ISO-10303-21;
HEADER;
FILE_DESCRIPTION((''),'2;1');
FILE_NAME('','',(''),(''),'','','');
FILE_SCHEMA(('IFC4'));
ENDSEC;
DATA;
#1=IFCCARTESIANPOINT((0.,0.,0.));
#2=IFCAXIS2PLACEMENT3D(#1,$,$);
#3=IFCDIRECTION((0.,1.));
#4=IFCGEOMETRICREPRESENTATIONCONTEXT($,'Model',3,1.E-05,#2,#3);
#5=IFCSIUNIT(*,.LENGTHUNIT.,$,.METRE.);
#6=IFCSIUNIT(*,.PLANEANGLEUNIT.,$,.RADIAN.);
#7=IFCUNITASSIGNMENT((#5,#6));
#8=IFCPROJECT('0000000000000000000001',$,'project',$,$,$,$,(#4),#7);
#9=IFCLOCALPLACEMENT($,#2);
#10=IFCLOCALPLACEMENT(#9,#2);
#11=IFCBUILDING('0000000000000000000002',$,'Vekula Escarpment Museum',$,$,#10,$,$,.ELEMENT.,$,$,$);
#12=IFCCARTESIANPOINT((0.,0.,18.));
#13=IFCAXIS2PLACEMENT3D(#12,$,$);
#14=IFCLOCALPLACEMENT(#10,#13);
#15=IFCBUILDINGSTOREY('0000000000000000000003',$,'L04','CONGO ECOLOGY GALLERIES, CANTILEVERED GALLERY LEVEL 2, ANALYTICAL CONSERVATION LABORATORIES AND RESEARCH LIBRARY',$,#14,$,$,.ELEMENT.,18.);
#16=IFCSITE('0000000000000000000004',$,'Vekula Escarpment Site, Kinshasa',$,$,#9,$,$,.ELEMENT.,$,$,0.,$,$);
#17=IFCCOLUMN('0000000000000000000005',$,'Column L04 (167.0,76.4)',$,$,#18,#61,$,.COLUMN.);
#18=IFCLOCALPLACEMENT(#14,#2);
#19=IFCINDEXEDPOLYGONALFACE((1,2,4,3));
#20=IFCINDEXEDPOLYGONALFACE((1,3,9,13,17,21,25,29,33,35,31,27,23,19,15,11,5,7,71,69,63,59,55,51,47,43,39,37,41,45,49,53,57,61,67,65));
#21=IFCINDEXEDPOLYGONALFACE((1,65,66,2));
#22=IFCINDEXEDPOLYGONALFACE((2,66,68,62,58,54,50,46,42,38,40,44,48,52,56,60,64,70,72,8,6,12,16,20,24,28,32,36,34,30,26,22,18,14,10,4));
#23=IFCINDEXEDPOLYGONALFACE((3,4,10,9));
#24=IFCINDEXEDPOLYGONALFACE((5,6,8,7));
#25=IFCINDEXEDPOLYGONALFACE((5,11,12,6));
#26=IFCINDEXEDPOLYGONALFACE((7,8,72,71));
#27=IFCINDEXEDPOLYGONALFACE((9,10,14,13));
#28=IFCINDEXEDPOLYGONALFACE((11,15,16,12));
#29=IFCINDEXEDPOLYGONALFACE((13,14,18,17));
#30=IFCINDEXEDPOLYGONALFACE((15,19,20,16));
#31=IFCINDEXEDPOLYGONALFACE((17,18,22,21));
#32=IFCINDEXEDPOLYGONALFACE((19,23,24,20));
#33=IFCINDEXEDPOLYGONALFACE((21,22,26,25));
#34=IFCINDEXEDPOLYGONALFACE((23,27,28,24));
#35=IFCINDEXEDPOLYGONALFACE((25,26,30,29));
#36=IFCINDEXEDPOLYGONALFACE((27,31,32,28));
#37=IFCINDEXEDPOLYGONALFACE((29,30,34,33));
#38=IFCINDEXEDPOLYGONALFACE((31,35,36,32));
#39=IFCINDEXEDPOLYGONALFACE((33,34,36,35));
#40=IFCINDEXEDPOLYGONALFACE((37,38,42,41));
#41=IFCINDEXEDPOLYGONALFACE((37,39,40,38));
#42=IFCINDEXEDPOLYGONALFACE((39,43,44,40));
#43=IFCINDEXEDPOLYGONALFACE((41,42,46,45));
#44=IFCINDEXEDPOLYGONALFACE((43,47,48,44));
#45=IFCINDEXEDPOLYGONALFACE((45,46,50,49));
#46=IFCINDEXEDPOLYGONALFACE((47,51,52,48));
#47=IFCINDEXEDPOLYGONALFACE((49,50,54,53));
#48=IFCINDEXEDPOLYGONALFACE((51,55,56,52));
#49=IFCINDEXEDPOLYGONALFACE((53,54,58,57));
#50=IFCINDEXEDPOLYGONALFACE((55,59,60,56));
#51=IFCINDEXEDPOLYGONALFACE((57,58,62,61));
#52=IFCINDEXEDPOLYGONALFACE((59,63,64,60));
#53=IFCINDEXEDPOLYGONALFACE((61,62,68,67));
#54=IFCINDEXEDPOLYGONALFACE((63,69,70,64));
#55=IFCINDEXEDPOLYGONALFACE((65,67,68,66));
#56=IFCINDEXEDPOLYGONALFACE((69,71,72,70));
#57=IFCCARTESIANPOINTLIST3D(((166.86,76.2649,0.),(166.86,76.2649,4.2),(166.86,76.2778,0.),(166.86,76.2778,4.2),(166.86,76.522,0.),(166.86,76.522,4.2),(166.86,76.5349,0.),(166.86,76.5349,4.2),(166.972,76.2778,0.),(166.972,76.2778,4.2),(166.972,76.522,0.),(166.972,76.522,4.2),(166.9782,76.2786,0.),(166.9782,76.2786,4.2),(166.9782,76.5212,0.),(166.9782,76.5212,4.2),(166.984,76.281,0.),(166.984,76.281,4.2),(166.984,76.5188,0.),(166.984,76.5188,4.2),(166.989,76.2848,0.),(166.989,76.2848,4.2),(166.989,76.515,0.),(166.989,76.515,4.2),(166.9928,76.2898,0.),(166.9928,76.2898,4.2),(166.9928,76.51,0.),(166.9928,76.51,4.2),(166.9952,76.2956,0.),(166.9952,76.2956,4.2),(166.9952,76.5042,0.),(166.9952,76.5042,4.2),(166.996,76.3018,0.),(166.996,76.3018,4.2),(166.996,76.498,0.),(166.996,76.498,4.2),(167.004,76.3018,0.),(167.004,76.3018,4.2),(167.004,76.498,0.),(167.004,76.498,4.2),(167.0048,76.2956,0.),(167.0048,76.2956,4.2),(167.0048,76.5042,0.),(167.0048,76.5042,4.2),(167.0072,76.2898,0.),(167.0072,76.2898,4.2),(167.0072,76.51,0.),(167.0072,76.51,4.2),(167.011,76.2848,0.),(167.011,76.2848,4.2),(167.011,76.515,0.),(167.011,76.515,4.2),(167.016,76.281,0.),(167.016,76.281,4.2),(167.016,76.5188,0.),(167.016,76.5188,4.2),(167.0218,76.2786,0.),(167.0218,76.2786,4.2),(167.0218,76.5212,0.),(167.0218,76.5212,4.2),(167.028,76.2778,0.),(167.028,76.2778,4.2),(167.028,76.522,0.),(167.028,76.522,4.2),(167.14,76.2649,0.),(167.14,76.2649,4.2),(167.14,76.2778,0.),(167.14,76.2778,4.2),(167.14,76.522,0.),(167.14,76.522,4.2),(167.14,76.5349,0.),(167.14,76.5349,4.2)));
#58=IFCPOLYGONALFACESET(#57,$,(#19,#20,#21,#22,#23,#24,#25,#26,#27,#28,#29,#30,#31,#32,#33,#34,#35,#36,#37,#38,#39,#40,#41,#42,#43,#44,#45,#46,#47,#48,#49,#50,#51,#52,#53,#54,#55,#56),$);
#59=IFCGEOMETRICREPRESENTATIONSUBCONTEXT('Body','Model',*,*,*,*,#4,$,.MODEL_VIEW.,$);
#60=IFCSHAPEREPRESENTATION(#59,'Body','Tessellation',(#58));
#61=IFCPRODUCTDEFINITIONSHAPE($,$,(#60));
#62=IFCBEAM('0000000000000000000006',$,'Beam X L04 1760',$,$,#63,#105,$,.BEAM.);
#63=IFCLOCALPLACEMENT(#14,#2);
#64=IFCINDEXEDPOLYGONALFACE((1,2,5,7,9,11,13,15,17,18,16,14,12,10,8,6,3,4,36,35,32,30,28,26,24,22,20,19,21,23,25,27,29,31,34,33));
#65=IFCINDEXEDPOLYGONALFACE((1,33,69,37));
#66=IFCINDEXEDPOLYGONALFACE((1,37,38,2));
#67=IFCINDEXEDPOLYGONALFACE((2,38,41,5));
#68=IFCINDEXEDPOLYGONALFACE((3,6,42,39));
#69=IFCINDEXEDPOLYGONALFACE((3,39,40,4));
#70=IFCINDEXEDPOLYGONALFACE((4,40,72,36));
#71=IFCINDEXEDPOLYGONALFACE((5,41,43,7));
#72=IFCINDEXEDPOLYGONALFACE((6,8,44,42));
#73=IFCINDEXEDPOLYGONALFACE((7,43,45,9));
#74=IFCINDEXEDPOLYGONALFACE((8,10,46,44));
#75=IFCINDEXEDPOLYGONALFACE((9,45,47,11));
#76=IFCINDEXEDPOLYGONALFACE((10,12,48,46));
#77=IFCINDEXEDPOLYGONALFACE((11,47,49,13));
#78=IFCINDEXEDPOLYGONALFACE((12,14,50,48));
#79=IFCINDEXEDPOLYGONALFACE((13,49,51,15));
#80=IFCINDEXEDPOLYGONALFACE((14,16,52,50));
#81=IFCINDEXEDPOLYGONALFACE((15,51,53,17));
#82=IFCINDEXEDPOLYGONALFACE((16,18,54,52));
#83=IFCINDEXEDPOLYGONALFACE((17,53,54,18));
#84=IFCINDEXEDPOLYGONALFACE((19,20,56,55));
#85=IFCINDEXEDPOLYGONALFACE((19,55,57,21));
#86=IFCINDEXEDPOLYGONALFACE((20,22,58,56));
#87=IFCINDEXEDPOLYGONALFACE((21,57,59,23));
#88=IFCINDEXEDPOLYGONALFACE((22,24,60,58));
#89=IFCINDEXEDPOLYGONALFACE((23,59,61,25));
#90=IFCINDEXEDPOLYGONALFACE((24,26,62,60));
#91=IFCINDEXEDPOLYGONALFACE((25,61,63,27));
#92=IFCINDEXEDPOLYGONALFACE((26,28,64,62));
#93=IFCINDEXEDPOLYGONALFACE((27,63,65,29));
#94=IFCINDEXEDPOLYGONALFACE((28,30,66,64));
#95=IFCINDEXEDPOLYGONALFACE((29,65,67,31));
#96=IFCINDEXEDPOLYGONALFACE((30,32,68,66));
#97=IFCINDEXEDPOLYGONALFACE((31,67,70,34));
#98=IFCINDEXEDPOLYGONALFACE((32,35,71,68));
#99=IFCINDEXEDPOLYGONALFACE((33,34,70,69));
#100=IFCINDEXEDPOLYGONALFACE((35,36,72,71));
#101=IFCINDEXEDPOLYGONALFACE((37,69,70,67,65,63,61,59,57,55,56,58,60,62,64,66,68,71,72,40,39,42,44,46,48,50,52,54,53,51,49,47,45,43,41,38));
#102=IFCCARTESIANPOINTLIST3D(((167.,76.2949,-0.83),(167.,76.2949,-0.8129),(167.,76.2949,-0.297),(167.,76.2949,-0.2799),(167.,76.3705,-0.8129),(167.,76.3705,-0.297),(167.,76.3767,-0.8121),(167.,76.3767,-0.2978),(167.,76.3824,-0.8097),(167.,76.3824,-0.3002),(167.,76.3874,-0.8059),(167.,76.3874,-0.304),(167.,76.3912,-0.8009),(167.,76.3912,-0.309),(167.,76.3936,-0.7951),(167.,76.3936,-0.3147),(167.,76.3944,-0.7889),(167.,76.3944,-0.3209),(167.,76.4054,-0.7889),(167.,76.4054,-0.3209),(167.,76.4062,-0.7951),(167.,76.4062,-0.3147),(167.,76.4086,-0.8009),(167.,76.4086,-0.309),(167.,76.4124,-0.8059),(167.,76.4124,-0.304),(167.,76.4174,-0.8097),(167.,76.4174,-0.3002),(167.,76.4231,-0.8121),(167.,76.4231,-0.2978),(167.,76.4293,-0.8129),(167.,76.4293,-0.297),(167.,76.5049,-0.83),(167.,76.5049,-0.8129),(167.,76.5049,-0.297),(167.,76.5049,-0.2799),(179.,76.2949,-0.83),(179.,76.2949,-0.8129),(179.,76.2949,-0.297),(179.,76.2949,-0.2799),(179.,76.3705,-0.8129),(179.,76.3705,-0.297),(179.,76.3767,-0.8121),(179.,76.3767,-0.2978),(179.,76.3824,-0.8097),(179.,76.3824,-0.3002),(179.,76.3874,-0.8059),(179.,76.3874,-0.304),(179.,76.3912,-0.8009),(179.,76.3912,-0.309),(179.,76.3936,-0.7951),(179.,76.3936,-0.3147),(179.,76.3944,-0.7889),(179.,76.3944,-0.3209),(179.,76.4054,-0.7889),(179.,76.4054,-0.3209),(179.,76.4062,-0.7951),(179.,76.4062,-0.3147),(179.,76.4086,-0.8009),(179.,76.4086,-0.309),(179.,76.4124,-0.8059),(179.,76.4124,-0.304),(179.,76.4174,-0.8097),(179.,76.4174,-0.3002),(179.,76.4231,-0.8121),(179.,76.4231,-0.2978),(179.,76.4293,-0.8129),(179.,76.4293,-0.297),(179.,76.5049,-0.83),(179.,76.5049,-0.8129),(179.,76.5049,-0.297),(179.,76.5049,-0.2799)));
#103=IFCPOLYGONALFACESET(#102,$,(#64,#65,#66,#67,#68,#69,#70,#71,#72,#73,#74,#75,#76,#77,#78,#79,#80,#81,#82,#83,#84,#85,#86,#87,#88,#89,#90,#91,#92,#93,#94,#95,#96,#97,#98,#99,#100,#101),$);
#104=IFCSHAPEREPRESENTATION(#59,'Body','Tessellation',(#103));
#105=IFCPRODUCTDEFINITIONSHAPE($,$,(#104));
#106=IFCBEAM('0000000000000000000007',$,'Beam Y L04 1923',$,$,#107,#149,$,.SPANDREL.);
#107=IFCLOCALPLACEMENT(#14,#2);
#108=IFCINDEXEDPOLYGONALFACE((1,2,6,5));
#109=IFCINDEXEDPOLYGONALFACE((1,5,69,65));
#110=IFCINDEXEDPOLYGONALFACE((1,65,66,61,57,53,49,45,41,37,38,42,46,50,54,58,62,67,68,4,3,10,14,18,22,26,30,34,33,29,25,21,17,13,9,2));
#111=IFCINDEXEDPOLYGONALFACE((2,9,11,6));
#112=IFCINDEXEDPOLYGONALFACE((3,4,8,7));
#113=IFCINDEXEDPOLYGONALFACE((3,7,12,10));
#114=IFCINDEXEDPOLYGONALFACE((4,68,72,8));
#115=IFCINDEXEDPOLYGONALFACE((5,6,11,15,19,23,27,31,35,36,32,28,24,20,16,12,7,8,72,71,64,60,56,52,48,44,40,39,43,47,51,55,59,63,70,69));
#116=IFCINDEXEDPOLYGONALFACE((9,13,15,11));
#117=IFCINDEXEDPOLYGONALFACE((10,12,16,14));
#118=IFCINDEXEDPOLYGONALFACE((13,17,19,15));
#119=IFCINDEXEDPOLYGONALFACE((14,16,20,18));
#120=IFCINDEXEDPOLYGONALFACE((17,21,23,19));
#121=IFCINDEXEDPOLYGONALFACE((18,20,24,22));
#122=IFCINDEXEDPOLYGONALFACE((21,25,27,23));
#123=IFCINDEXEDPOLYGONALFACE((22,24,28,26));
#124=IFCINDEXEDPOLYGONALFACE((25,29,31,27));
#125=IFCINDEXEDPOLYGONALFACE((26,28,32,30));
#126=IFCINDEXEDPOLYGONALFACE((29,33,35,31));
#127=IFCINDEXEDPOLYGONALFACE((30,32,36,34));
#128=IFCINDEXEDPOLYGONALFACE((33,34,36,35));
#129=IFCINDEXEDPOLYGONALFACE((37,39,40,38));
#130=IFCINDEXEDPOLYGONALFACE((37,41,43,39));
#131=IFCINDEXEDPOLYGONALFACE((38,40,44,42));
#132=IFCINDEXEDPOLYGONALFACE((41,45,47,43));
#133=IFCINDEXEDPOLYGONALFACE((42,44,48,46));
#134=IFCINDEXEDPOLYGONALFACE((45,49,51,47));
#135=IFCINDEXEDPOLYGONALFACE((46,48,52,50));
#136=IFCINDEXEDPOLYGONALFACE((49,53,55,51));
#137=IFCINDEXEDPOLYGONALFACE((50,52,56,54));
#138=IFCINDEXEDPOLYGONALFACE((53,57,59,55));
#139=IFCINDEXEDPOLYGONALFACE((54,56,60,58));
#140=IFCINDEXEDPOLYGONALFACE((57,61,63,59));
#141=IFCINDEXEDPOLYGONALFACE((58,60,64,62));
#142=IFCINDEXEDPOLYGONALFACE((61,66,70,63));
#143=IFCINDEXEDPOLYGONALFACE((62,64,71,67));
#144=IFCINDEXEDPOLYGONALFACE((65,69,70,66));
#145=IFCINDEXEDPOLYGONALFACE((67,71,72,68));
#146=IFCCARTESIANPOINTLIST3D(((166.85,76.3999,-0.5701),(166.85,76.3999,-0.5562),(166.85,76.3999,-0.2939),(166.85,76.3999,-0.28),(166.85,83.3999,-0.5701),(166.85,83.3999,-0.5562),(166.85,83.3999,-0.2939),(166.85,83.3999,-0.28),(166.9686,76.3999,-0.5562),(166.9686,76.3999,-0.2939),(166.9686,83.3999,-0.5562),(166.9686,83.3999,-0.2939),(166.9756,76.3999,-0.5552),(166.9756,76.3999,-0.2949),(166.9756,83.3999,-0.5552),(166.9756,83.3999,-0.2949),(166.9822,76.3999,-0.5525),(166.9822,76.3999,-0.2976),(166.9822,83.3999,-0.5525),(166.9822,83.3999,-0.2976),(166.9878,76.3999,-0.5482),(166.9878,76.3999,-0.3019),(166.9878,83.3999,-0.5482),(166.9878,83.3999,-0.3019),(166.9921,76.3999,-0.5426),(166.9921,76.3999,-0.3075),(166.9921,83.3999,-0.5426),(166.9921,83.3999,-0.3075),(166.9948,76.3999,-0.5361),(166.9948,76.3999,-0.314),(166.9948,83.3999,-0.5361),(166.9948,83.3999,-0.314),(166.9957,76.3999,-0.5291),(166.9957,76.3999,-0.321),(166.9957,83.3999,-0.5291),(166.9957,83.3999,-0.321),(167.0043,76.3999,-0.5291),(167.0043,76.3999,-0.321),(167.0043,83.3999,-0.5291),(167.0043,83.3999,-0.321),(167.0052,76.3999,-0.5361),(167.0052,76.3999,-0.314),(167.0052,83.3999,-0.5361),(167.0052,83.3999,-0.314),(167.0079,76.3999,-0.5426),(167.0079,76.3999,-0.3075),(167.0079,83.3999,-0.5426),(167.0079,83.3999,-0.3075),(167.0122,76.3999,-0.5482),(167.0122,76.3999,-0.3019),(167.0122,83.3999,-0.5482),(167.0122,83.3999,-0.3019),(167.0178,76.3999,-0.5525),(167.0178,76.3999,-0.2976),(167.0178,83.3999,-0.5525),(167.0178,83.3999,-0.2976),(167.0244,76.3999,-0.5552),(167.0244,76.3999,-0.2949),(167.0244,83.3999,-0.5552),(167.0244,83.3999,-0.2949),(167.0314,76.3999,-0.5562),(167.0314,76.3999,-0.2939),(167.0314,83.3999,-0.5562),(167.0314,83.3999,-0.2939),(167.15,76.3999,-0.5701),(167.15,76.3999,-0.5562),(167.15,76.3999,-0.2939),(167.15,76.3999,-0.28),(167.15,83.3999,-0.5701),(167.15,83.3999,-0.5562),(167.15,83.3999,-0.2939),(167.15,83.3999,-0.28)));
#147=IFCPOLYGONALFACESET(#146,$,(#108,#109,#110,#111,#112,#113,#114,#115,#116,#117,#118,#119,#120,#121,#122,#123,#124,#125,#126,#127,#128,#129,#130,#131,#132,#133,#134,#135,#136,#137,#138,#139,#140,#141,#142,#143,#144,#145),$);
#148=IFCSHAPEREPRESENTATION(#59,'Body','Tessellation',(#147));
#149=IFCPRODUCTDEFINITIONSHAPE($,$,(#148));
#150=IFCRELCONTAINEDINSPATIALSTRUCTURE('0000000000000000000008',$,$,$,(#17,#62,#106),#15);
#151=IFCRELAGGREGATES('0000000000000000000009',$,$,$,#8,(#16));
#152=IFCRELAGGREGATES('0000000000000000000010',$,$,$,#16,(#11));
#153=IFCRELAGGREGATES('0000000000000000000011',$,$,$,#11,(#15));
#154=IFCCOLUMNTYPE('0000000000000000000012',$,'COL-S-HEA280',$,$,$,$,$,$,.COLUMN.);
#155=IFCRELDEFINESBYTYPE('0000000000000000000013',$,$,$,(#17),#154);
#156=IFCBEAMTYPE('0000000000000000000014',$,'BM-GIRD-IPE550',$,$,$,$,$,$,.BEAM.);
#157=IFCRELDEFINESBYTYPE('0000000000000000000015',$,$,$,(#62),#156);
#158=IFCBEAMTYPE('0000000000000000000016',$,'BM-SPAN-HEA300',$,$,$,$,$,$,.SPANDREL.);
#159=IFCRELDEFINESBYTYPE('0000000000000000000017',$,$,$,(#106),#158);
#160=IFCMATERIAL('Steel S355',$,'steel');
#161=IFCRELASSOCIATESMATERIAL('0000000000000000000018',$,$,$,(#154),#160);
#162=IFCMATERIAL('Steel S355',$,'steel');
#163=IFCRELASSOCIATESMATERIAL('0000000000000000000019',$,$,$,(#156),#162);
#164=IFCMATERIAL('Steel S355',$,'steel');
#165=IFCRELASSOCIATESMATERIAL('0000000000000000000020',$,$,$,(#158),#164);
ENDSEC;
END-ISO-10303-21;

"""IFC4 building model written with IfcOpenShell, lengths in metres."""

from ifc_helpers import new_model, si_unit, direction, frame, origin, origin_2d, place, context, subcontext, project, spatial, i_section, extrude, material, material_profile, profile_set, type_object, element, save


model = new_model("IFC4")

# Units and contexts
model_context = context("Model", 3, precision=1e-05, world=origin(), true_north=direction((0.0, 1.0)))
body_context = subcontext(model_context, "Body", "Model", "MODEL_VIEW")
ifc_project = project(units=[si_unit("LENGTHUNIT", "METRE"), si_unit("PLANEANGLEUNIT", "RADIAN")], contexts=[model_context])

# Site, building, storey
site_placement = place(None, origin())
site = spatial("IfcSite", under=ifc_project, at=site_placement, Name="Vekula Escarpment Site, Kinshasa", CompositionType="ELEMENT", RefElevation=0.0)
building_placement = place(site_placement, origin())
building = spatial("IfcBuilding", under=site, at=building_placement, Name="Vekula Escarpment Museum", CompositionType="ELEMENT")
storey_placement = place(building_placement, frame((0.0, 0.0, 18.0)))
storey = spatial("IfcBuildingStorey", under=building, at=storey_placement, Name="L04", Description="CONGO ECOLOGY GALLERIES, CANTILEVERED GALLERY LEVEL 2, ANALYTICAL CONSERVATION LABORATORIES AND RESEARCH LIBRARY", CompositionType="ELEMENT", Elevation=18.0)

# Column
ifc_material_1 = material(Name="Steel S355", Category="steel")
ifc_material_profile_1 = material_profile(ifc_material_1, i_section(OverallWidth=0.28, OverallDepth=0.27, WebThickness=0.0081, FlangeThickness=0.0129, FilletRadius=0.0239, at=origin_2d()), Name="HEA 280")
ifc_profile_set_1 = profile_set([ifc_material_profile_1], Name="Steel S355")
column_type = type_object("IfcColumnType", Name="COL-S-HEA280", PredefinedType="COLUMN", material=ifc_profile_set_1)
column_placement = place(storey_placement, frame((167.0, 76.3999, 0.0), z_axis=(0.0, 0.0, 1.0), x_axis=(1.0, 0.0, 0.0)))
element("IfcColumn", 1, at=column_placement, inside=storey, type_object=column_type, Name="Column L04 (167.0,76.4)", PredefinedType="COLUMN", context=body_context, shape_type="SweptSolid", body=[
    extrude(i_section(OverallWidth=0.28, OverallDepth=0.27, WebThickness=0.0081, FlangeThickness=0.0129, FilletRadius=0.0239, at=origin_2d()), origin(), (0.0, 0.0, 1.0), 4.2),
])

# Beams
ifc_material_2 = material(Name="Steel S355", Category="steel")
ifc_material_profile_2 = material_profile(ifc_material_2, i_section(OverallWidth=0.21, OverallDepth=0.55, WebThickness=0.011, FlangeThickness=0.0171, FilletRadius=0.0239, at=origin_2d()), Name="IPE 550")
ifc_profile_set_2 = profile_set([ifc_material_profile_2], Name="Steel S355")
beam_type_1 = type_object("IfcBeamType", Name="BM-GIRD-IPE550", PredefinedType="BEAM", material=ifc_profile_set_2)
beam_1_placement = place(storey_placement, frame((167.0, 76.3999, -0.5549), z_axis=(1.0, 0.0, 0.0), x_axis=(0.0, 1.0, 0.0)))
element("IfcBeam", 2, at=beam_1_placement, inside=storey, type_object=beam_type_1, Name="Beam X L04 1760", PredefinedType="BEAM", context=body_context, shape_type="SweptSolid", body=[
    extrude(i_section(OverallWidth=0.21, OverallDepth=0.55, WebThickness=0.011, FlangeThickness=0.0171, FilletRadius=0.0239, at=origin_2d()), origin(), (0.0, 0.0, 1.0), 12.0),
])
ifc_material_3 = material(Name="Steel S355", Category="steel")
ifc_material_profile_3 = material_profile(ifc_material_3, i_section(OverallWidth=0.3, OverallDepth=0.29, WebThickness=0.0085, FlangeThickness=0.0139, FilletRadius=0.0271, at=origin_2d()), Name="HEA 300")
ifc_profile_set_3 = profile_set([ifc_material_profile_3], Name="Steel S355")
beam_type_2 = type_object("IfcBeamType", Name="BM-SPAN-HEA300", PredefinedType="SPANDREL", material=ifc_profile_set_3)
beam_2_placement = place(storey_placement, frame((167.0, 76.3999, -0.425), z_axis=(0.0, 1.0, 0.0), x_axis=(-1.0, 0.0, 0.0)))
element("IfcBeam", 3, at=beam_2_placement, inside=storey, type_object=beam_type_2, Name="Beam Y L04 1923", PredefinedType="SPANDREL", context=body_context, shape_type="SweptSolid", body=[
    extrude(i_section(OverallWidth=0.3, OverallDepth=0.29, WebThickness=0.0085, FlangeThickness=0.0139, FilletRadius=0.0271, at=origin_2d()), origin(), (0.0, 0.0, 1.0), 7.0),
])

save(model, "model.ifc")
